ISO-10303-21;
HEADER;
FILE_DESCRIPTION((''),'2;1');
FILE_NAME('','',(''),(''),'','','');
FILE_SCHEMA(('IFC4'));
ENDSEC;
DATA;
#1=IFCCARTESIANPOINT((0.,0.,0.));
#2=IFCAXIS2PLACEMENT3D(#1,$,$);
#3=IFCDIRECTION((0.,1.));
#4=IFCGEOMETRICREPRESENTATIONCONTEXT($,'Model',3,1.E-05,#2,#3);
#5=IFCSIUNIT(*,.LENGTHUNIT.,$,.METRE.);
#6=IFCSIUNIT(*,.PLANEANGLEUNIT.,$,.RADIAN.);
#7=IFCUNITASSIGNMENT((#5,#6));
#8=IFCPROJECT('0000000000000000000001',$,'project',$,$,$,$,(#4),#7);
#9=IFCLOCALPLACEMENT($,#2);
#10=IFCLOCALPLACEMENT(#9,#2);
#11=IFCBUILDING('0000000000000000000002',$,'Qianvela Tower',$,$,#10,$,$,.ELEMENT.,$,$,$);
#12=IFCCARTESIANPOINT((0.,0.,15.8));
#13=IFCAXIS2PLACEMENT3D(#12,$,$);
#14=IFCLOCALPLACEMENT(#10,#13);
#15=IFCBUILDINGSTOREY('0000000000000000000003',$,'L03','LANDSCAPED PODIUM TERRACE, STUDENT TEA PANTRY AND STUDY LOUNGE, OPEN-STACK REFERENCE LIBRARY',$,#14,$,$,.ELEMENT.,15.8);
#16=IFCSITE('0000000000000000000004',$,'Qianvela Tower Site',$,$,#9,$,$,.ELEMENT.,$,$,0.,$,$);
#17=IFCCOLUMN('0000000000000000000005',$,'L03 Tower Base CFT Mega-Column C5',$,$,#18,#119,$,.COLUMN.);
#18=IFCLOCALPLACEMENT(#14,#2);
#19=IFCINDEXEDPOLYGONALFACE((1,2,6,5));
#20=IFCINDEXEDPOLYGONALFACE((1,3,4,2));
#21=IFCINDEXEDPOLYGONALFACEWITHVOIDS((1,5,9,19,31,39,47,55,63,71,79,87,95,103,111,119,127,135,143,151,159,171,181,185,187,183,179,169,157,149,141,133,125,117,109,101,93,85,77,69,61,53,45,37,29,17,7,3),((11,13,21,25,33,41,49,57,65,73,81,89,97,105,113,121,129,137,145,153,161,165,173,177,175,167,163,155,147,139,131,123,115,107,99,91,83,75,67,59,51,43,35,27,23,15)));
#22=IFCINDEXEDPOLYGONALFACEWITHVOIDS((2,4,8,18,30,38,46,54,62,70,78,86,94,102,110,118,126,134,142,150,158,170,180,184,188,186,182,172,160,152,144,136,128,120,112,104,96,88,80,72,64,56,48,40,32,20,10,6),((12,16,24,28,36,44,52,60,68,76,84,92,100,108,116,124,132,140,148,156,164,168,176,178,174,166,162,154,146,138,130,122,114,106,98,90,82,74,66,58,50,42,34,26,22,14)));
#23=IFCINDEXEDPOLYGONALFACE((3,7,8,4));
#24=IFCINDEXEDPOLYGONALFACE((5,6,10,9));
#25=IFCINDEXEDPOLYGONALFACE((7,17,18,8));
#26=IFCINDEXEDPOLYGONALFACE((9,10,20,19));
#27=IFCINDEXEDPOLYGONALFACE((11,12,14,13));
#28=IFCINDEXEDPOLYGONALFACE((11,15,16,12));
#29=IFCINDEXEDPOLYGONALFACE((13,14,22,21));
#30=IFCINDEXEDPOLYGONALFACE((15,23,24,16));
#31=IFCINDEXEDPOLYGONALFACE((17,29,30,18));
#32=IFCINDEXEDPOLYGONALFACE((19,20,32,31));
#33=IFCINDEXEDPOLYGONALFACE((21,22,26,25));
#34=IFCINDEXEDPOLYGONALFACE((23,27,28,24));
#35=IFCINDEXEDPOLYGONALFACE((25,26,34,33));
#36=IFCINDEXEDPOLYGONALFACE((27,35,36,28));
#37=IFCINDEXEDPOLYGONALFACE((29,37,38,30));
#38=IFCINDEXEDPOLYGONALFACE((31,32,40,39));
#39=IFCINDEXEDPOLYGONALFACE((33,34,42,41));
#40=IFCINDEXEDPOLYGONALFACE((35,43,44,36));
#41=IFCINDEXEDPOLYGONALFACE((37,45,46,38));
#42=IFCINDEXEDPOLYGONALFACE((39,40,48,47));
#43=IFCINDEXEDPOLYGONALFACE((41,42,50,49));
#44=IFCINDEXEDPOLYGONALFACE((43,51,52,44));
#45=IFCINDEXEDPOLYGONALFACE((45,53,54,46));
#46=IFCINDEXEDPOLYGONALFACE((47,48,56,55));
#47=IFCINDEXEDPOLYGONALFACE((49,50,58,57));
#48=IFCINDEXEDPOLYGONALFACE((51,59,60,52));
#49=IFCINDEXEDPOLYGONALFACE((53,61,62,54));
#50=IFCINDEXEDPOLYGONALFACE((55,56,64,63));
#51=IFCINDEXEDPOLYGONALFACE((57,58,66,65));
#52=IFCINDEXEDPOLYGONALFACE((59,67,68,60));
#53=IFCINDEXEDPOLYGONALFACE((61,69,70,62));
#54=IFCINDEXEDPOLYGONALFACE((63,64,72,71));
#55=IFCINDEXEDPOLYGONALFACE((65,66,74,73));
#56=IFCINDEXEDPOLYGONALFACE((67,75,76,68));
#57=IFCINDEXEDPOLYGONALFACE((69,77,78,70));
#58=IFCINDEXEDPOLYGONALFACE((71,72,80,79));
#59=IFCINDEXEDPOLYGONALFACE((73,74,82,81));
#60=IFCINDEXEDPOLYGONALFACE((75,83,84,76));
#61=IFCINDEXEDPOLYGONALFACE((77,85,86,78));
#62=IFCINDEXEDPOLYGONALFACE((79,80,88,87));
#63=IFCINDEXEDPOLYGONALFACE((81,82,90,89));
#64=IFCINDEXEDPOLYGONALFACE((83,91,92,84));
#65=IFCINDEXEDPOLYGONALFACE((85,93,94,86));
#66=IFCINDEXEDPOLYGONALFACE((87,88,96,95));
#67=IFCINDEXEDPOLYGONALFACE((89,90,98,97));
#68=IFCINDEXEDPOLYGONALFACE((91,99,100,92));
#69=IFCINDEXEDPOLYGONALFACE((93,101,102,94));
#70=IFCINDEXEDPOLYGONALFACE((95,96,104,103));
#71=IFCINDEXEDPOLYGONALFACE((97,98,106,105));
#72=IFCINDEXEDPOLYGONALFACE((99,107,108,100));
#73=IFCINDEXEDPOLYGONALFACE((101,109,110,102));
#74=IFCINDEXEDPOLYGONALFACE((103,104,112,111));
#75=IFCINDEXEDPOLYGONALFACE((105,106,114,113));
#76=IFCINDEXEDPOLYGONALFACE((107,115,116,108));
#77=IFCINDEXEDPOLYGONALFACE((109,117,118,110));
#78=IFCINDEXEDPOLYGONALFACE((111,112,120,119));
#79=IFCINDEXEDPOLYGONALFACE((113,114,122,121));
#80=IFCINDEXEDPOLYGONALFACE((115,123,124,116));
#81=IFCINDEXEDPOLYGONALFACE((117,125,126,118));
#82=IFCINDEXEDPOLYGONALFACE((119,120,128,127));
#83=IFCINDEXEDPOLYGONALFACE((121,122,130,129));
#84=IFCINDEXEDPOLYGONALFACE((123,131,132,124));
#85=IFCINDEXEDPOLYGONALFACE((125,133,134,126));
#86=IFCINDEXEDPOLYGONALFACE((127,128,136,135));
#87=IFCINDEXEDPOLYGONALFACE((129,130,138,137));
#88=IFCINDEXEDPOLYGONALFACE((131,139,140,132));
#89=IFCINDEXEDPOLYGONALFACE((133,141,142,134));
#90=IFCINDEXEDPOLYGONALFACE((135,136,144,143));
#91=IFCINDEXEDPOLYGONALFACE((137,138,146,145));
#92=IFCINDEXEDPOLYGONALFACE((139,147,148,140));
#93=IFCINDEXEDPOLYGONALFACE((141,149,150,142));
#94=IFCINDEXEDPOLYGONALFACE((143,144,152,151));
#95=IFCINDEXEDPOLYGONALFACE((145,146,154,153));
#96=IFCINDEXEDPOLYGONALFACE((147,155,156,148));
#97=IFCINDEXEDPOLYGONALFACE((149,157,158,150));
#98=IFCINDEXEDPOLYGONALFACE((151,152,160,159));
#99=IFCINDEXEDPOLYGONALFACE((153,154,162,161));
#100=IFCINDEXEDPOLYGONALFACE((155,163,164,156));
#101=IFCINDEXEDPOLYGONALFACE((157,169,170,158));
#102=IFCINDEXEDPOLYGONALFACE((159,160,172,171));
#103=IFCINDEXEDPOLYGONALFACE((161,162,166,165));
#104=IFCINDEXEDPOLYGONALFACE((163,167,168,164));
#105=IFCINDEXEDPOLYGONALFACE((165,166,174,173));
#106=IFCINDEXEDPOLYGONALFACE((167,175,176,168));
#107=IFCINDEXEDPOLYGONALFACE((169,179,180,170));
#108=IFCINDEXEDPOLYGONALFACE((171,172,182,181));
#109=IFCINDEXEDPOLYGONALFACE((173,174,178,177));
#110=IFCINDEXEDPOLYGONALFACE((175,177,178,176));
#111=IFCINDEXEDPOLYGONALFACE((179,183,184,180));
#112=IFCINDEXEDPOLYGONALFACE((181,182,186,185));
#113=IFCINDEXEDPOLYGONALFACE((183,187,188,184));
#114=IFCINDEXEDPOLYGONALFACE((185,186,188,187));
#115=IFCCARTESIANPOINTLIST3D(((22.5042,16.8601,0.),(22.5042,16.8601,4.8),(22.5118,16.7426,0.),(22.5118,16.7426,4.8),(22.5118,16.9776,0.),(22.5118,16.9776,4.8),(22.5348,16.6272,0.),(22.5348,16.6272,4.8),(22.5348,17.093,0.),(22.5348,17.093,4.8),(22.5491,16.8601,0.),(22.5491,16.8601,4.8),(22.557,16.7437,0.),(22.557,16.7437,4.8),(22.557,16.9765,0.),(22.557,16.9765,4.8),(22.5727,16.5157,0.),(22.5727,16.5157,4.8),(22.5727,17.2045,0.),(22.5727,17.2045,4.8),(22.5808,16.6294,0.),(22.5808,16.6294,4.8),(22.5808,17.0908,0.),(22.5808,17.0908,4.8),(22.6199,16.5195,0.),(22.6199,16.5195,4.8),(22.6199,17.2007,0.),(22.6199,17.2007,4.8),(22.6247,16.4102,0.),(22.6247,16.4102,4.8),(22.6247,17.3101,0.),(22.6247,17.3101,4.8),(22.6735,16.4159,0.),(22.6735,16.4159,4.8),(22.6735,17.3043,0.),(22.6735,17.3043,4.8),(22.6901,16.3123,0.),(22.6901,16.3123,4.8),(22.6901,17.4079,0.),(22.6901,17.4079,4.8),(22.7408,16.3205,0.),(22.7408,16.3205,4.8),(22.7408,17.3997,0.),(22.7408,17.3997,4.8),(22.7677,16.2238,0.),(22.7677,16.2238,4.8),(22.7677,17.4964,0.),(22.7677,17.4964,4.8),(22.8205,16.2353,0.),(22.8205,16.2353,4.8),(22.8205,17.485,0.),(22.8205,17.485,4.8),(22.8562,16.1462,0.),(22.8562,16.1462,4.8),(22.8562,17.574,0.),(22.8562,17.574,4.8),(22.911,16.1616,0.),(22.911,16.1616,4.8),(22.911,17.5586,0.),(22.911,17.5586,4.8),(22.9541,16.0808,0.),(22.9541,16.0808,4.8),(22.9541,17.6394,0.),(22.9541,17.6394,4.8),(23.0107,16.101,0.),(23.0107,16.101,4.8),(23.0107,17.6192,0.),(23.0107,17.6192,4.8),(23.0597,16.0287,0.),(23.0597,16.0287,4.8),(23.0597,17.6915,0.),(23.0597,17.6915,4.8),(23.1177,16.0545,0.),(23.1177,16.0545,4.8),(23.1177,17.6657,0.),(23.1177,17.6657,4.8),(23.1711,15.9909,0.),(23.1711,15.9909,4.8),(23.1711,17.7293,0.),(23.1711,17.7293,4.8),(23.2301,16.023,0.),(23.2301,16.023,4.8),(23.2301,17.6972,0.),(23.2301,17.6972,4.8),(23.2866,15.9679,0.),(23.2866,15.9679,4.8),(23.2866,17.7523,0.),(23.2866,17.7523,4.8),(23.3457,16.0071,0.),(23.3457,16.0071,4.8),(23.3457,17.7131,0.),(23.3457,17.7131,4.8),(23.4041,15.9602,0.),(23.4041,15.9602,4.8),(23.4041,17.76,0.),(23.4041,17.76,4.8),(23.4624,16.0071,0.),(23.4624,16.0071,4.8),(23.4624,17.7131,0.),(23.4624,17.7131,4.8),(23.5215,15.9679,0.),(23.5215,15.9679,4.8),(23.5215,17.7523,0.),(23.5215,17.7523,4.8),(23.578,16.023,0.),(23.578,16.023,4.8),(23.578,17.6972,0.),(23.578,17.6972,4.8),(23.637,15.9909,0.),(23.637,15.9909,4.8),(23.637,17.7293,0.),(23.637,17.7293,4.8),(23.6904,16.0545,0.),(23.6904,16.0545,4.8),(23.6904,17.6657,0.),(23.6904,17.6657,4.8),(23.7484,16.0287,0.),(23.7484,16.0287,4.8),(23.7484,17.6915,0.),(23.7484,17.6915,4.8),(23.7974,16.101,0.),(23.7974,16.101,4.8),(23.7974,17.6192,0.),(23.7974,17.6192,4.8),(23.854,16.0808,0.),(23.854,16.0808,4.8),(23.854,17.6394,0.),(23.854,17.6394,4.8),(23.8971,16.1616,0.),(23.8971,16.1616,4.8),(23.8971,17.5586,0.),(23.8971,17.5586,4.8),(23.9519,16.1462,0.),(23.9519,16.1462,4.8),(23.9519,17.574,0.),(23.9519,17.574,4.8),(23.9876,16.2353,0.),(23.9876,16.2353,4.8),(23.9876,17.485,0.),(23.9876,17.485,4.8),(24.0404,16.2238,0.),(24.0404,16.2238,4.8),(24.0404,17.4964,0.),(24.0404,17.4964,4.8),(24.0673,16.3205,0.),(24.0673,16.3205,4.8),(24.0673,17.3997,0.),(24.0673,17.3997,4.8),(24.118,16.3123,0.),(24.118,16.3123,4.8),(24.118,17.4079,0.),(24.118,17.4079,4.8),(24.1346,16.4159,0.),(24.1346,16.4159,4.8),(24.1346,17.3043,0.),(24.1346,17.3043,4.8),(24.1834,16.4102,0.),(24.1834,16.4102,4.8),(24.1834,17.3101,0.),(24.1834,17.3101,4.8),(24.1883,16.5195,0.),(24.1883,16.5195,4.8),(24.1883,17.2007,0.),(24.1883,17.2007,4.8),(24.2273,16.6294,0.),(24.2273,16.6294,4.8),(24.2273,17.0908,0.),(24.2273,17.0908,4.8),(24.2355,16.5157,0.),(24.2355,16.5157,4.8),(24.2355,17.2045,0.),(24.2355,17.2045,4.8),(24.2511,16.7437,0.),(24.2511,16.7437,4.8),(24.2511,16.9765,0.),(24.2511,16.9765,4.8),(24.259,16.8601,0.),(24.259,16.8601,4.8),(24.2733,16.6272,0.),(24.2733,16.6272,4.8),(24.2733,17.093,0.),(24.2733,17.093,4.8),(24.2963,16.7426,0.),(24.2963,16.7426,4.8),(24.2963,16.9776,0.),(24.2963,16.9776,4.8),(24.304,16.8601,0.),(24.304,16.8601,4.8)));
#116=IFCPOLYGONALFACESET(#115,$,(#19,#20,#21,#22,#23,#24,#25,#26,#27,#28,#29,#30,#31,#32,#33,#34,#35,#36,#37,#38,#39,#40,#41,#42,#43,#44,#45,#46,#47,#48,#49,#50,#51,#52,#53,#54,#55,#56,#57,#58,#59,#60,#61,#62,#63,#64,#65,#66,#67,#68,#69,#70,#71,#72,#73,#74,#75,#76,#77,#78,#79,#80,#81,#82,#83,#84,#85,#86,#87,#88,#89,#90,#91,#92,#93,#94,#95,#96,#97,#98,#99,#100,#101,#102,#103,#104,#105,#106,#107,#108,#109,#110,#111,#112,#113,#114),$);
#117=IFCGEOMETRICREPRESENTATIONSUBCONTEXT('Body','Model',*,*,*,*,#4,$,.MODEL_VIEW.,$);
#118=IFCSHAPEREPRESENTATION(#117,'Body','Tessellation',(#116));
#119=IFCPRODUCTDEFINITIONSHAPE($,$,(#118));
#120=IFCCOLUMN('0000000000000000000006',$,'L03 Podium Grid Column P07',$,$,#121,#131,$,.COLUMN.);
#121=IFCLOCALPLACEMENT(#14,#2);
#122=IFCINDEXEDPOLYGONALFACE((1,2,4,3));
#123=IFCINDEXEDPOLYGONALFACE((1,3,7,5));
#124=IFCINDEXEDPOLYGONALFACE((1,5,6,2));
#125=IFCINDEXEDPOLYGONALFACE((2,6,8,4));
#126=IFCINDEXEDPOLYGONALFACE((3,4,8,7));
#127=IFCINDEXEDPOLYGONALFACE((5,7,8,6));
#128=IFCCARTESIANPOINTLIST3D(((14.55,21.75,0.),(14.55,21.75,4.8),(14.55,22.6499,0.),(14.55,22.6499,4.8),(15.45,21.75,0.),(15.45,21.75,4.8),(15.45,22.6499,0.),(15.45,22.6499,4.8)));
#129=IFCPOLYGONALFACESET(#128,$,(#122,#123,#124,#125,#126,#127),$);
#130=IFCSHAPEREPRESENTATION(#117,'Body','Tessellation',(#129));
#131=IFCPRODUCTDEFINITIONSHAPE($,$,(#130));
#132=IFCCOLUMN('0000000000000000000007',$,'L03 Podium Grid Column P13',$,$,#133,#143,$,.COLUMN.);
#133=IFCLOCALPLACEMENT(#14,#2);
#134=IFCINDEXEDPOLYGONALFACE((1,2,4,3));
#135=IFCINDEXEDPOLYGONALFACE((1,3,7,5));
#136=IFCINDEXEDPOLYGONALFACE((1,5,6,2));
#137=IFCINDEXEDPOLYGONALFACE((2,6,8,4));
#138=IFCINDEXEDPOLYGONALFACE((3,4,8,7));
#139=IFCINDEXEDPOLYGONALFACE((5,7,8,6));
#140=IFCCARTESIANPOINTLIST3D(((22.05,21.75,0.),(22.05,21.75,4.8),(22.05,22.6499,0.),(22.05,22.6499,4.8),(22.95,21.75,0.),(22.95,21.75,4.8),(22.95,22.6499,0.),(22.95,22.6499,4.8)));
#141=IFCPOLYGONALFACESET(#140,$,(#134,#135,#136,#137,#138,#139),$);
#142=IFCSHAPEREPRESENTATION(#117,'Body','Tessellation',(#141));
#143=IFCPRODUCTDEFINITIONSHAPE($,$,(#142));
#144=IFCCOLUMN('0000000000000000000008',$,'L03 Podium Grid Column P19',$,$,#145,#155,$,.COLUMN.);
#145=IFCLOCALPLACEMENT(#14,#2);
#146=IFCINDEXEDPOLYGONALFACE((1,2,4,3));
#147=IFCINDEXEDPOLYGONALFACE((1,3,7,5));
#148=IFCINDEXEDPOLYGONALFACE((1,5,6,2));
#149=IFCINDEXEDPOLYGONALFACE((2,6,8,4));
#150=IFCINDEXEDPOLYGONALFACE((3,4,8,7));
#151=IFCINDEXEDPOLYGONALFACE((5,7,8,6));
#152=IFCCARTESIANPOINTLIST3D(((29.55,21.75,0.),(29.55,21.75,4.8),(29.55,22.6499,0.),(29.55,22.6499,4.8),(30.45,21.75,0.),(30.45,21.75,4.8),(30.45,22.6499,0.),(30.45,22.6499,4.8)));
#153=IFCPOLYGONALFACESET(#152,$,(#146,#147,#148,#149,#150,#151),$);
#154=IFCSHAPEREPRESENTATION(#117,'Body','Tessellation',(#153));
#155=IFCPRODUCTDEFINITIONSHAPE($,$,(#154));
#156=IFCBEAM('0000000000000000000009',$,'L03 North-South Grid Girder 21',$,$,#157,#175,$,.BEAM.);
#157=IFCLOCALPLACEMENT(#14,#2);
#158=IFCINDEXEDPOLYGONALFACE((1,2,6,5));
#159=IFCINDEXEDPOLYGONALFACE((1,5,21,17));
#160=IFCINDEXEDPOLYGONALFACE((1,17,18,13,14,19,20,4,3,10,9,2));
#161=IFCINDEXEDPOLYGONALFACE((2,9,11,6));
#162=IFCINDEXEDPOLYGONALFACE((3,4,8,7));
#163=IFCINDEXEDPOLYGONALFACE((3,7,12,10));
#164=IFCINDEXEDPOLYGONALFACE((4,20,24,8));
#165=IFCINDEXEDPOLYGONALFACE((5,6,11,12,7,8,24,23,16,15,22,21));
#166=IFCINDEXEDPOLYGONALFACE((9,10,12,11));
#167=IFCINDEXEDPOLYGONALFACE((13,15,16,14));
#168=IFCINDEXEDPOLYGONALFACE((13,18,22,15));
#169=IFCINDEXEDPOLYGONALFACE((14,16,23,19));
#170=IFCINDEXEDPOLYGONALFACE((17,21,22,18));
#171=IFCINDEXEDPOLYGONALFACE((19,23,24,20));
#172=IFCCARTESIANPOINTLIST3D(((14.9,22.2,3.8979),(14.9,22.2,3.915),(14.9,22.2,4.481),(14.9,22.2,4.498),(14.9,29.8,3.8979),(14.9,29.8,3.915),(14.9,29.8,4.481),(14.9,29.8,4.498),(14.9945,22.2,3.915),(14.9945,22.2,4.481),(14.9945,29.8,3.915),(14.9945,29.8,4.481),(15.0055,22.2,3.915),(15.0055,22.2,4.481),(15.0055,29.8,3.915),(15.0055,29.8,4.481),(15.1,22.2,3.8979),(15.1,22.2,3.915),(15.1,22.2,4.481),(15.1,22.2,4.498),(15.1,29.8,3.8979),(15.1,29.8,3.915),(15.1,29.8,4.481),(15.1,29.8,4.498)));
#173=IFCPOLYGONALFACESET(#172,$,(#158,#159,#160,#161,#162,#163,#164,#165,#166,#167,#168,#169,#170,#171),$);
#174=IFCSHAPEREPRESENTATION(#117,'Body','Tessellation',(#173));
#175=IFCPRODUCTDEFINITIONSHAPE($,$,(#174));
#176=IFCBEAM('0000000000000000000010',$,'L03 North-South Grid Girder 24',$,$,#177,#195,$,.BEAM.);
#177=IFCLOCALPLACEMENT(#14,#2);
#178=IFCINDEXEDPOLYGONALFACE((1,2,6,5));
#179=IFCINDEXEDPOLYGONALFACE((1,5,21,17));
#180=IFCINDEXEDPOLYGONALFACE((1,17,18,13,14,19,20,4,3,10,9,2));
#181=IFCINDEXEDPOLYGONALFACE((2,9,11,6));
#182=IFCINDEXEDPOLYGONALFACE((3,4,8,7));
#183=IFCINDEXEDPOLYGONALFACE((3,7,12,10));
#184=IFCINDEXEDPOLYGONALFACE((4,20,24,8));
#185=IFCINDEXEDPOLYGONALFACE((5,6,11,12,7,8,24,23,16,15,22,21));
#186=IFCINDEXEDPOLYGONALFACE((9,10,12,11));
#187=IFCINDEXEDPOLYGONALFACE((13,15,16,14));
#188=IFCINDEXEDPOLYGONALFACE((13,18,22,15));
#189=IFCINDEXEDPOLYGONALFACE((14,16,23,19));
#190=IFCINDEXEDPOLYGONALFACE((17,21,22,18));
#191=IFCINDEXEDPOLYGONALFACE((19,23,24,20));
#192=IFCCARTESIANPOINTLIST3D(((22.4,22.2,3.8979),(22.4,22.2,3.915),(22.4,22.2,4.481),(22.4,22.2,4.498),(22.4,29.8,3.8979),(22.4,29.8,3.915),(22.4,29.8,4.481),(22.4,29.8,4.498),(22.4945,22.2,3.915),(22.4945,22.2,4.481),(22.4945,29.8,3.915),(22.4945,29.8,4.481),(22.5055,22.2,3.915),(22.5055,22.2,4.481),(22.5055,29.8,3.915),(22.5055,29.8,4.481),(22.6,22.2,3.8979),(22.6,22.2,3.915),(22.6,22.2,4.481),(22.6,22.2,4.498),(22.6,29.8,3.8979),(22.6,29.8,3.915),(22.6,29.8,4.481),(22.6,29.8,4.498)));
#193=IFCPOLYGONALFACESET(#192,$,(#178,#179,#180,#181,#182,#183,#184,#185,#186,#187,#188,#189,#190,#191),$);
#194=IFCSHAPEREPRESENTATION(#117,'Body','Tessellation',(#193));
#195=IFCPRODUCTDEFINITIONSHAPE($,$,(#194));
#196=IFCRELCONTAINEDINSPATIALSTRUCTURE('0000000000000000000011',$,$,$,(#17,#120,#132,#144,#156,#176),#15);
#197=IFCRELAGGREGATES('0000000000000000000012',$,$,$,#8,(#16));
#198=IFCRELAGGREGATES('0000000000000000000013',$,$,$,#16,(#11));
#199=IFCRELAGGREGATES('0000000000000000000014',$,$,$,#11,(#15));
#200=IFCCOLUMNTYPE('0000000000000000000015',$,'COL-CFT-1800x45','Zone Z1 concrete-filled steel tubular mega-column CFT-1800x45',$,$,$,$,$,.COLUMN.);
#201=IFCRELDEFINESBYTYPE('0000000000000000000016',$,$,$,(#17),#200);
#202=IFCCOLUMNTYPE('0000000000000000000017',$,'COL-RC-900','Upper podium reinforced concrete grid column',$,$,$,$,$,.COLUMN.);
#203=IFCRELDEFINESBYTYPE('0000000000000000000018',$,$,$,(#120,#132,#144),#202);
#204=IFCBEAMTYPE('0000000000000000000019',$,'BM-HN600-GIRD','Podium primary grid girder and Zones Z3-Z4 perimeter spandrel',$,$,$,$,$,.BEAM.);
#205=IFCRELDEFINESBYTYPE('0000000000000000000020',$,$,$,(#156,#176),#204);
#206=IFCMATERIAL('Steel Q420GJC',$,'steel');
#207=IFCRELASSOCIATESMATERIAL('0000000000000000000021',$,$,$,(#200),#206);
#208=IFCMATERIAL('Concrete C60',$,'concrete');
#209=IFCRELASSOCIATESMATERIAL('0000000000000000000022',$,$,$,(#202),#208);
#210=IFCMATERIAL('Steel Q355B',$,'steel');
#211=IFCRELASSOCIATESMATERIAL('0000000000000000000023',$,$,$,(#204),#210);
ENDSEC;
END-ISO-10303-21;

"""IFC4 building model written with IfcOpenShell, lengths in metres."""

from ifc_helpers import new_model, si_unit, direction, frame, origin, origin_2d, place, context, subcontext, project, spatial, rectangle, hollow_circle, i_section, extrude, material, material_profile, profile_set, type_object, element, save


model = new_model("IFC4")

# Units and contexts
model_context = context("Model", 3, precision=1e-05, world=origin(), true_north=direction((0.0, 1.0)))
body_context = subcontext(model_context, "Body", "Model", "MODEL_VIEW")
ifc_project = project(units=[si_unit("LENGTHUNIT", "METRE"), si_unit("PLANEANGLEUNIT", "RADIAN")], contexts=[model_context])

# Site, building, storey
site_placement = place(None, origin())
site = spatial("IfcSite", under=ifc_project, at=site_placement, Name="Qianvela Tower Site", CompositionType="ELEMENT", RefElevation=0.0)
building_placement = place(site_placement, origin())
building = spatial("IfcBuilding", under=site, at=building_placement, Name="Qianvela Tower", CompositionType="ELEMENT")
storey_placement = place(building_placement, frame((0.0, 0.0, 15.8)))
storey = spatial("IfcBuildingStorey", under=building, at=storey_placement, Name="L03", Description="LANDSCAPED PODIUM TERRACE, STUDENT TEA PANTRY AND STUDY LOUNGE, OPEN-STACK REFERENCE LIBRARY", CompositionType="ELEMENT", Elevation=15.8)

# Columns
ifc_material_1 = material(Name="Steel Q420GJC", Category="steel")
ifc_material_profile_1 = material_profile(ifc_material_1, hollow_circle(Radius=0.8999, WallThickness=0.0449, at=origin_2d()), Name="CFT-1800x45")
ifc_profile_set_1 = profile_set([ifc_material_profile_1], Name="Steel Q420GJC")
column_type_1 = type_object("IfcColumnType", Name="COL-CFT-1800x45", Description="Zone Z1 concrete-filled steel tubular mega-column CFT-1800x45", PredefinedType="COLUMN", material=ifc_profile_set_1)
for number, where, z_axis, x_axis, name in (
    (1, (23.4041, 16.8601, 0.0), (0.0, 0.0, 1.0), (1.0, 0.0, 0.0), "L03 Tower Base CFT Mega-Column C5"),
):
    element("IfcColumn", number, at=place(storey_placement, frame(where, z_axis=z_axis, x_axis=x_axis)), inside=storey, type_object=column_type_1, Name=name, PredefinedType="COLUMN", context=body_context, shape_type="SweptSolid", body=[
        extrude(hollow_circle(Radius=0.8999, WallThickness=0.0449, at=origin_2d()), origin(), (0.0, 0.0, 1.0), 4.8),
    ])
ifc_material_2 = material(Name="Concrete C60", Category="concrete")
ifc_material_profile_2 = material_profile(ifc_material_2, rectangle(XDim=0.8999, YDim=0.8999, at=origin_2d()), Name="RC-COL-900x900")
ifc_profile_set_2 = profile_set([ifc_material_profile_2], Name="Concrete C60")
column_type_2 = type_object("IfcColumnType", Name="COL-RC-900", Description="Upper podium reinforced concrete grid column", PredefinedType="COLUMN", material=ifc_profile_set_2)
for number, where, z_axis, x_axis, name in (
    (2, (15.0, 22.2, 0.0), (0.0, 0.0, 1.0), (1.0, 0.0, 0.0), "L03 Podium Grid Column P07"),
    (3, (22.5, 22.2, 0.0), (0.0, 0.0, 1.0), (1.0, 0.0, 0.0), "L03 Podium Grid Column P13"),
    (4, (30.0, 22.2, 0.0), (0.0, 0.0, 1.0), (1.0, 0.0, 0.0), "L03 Podium Grid Column P19"),
):
    element("IfcColumn", number, at=place(storey_placement, frame(where, z_axis=z_axis, x_axis=x_axis)), inside=storey, type_object=column_type_2, Name=name, PredefinedType="COLUMN", context=body_context, shape_type="SweptSolid", body=[
        extrude(rectangle(XDim=0.8999, YDim=0.8999, at=origin_2d()), origin(), (0.0, 0.0, 1.0), 4.8),
    ])

# Beams
ifc_material_3 = material(Name="Steel Q355B", Category="steel")
ifc_material_profile_3 = material_profile(ifc_material_3, i_section(OverallWidth=0.2, OverallDepth=0.6001, WebThickness=0.011, FlangeThickness=0.0171, at=origin_2d()), Name="HN600x200x11x17")
ifc_profile_set_3 = profile_set([ifc_material_profile_3], Name="Steel Q355B")
beam_type_1 = type_object("IfcBeamType", Name="BM-HN600-GIRD", Description="Podium primary grid girder and Zones Z3-Z4 perimeter spandrel", PredefinedType="BEAM", material=ifc_profile_set_3)
for number, where, z_axis, x_axis, name in (
    (5, (15.0, 22.2, 4.198), (0.0, 1.0, 0.0), (-1.0, 0.0, 0.0), "L03 North-South Grid Girder 21"),
    (6, (22.5, 22.2, 4.198), (0.0, 1.0, 0.0), (-1.0, 0.0, 0.0), "L03 North-South Grid Girder 24"),
):
    element("IfcBeam", number, at=place(storey_placement, frame(where, z_axis=z_axis, x_axis=x_axis)), inside=storey, type_object=beam_type_1, Name=name, PredefinedType="BEAM", context=body_context, shape_type="SweptSolid", body=[
        extrude(i_section(OverallWidth=0.2, OverallDepth=0.6001, WebThickness=0.011, FlangeThickness=0.0171, at=origin_2d()), origin(), (0.0, 0.0, 1.0), 7.6001),
    ])

save(model, "model.ifc")
